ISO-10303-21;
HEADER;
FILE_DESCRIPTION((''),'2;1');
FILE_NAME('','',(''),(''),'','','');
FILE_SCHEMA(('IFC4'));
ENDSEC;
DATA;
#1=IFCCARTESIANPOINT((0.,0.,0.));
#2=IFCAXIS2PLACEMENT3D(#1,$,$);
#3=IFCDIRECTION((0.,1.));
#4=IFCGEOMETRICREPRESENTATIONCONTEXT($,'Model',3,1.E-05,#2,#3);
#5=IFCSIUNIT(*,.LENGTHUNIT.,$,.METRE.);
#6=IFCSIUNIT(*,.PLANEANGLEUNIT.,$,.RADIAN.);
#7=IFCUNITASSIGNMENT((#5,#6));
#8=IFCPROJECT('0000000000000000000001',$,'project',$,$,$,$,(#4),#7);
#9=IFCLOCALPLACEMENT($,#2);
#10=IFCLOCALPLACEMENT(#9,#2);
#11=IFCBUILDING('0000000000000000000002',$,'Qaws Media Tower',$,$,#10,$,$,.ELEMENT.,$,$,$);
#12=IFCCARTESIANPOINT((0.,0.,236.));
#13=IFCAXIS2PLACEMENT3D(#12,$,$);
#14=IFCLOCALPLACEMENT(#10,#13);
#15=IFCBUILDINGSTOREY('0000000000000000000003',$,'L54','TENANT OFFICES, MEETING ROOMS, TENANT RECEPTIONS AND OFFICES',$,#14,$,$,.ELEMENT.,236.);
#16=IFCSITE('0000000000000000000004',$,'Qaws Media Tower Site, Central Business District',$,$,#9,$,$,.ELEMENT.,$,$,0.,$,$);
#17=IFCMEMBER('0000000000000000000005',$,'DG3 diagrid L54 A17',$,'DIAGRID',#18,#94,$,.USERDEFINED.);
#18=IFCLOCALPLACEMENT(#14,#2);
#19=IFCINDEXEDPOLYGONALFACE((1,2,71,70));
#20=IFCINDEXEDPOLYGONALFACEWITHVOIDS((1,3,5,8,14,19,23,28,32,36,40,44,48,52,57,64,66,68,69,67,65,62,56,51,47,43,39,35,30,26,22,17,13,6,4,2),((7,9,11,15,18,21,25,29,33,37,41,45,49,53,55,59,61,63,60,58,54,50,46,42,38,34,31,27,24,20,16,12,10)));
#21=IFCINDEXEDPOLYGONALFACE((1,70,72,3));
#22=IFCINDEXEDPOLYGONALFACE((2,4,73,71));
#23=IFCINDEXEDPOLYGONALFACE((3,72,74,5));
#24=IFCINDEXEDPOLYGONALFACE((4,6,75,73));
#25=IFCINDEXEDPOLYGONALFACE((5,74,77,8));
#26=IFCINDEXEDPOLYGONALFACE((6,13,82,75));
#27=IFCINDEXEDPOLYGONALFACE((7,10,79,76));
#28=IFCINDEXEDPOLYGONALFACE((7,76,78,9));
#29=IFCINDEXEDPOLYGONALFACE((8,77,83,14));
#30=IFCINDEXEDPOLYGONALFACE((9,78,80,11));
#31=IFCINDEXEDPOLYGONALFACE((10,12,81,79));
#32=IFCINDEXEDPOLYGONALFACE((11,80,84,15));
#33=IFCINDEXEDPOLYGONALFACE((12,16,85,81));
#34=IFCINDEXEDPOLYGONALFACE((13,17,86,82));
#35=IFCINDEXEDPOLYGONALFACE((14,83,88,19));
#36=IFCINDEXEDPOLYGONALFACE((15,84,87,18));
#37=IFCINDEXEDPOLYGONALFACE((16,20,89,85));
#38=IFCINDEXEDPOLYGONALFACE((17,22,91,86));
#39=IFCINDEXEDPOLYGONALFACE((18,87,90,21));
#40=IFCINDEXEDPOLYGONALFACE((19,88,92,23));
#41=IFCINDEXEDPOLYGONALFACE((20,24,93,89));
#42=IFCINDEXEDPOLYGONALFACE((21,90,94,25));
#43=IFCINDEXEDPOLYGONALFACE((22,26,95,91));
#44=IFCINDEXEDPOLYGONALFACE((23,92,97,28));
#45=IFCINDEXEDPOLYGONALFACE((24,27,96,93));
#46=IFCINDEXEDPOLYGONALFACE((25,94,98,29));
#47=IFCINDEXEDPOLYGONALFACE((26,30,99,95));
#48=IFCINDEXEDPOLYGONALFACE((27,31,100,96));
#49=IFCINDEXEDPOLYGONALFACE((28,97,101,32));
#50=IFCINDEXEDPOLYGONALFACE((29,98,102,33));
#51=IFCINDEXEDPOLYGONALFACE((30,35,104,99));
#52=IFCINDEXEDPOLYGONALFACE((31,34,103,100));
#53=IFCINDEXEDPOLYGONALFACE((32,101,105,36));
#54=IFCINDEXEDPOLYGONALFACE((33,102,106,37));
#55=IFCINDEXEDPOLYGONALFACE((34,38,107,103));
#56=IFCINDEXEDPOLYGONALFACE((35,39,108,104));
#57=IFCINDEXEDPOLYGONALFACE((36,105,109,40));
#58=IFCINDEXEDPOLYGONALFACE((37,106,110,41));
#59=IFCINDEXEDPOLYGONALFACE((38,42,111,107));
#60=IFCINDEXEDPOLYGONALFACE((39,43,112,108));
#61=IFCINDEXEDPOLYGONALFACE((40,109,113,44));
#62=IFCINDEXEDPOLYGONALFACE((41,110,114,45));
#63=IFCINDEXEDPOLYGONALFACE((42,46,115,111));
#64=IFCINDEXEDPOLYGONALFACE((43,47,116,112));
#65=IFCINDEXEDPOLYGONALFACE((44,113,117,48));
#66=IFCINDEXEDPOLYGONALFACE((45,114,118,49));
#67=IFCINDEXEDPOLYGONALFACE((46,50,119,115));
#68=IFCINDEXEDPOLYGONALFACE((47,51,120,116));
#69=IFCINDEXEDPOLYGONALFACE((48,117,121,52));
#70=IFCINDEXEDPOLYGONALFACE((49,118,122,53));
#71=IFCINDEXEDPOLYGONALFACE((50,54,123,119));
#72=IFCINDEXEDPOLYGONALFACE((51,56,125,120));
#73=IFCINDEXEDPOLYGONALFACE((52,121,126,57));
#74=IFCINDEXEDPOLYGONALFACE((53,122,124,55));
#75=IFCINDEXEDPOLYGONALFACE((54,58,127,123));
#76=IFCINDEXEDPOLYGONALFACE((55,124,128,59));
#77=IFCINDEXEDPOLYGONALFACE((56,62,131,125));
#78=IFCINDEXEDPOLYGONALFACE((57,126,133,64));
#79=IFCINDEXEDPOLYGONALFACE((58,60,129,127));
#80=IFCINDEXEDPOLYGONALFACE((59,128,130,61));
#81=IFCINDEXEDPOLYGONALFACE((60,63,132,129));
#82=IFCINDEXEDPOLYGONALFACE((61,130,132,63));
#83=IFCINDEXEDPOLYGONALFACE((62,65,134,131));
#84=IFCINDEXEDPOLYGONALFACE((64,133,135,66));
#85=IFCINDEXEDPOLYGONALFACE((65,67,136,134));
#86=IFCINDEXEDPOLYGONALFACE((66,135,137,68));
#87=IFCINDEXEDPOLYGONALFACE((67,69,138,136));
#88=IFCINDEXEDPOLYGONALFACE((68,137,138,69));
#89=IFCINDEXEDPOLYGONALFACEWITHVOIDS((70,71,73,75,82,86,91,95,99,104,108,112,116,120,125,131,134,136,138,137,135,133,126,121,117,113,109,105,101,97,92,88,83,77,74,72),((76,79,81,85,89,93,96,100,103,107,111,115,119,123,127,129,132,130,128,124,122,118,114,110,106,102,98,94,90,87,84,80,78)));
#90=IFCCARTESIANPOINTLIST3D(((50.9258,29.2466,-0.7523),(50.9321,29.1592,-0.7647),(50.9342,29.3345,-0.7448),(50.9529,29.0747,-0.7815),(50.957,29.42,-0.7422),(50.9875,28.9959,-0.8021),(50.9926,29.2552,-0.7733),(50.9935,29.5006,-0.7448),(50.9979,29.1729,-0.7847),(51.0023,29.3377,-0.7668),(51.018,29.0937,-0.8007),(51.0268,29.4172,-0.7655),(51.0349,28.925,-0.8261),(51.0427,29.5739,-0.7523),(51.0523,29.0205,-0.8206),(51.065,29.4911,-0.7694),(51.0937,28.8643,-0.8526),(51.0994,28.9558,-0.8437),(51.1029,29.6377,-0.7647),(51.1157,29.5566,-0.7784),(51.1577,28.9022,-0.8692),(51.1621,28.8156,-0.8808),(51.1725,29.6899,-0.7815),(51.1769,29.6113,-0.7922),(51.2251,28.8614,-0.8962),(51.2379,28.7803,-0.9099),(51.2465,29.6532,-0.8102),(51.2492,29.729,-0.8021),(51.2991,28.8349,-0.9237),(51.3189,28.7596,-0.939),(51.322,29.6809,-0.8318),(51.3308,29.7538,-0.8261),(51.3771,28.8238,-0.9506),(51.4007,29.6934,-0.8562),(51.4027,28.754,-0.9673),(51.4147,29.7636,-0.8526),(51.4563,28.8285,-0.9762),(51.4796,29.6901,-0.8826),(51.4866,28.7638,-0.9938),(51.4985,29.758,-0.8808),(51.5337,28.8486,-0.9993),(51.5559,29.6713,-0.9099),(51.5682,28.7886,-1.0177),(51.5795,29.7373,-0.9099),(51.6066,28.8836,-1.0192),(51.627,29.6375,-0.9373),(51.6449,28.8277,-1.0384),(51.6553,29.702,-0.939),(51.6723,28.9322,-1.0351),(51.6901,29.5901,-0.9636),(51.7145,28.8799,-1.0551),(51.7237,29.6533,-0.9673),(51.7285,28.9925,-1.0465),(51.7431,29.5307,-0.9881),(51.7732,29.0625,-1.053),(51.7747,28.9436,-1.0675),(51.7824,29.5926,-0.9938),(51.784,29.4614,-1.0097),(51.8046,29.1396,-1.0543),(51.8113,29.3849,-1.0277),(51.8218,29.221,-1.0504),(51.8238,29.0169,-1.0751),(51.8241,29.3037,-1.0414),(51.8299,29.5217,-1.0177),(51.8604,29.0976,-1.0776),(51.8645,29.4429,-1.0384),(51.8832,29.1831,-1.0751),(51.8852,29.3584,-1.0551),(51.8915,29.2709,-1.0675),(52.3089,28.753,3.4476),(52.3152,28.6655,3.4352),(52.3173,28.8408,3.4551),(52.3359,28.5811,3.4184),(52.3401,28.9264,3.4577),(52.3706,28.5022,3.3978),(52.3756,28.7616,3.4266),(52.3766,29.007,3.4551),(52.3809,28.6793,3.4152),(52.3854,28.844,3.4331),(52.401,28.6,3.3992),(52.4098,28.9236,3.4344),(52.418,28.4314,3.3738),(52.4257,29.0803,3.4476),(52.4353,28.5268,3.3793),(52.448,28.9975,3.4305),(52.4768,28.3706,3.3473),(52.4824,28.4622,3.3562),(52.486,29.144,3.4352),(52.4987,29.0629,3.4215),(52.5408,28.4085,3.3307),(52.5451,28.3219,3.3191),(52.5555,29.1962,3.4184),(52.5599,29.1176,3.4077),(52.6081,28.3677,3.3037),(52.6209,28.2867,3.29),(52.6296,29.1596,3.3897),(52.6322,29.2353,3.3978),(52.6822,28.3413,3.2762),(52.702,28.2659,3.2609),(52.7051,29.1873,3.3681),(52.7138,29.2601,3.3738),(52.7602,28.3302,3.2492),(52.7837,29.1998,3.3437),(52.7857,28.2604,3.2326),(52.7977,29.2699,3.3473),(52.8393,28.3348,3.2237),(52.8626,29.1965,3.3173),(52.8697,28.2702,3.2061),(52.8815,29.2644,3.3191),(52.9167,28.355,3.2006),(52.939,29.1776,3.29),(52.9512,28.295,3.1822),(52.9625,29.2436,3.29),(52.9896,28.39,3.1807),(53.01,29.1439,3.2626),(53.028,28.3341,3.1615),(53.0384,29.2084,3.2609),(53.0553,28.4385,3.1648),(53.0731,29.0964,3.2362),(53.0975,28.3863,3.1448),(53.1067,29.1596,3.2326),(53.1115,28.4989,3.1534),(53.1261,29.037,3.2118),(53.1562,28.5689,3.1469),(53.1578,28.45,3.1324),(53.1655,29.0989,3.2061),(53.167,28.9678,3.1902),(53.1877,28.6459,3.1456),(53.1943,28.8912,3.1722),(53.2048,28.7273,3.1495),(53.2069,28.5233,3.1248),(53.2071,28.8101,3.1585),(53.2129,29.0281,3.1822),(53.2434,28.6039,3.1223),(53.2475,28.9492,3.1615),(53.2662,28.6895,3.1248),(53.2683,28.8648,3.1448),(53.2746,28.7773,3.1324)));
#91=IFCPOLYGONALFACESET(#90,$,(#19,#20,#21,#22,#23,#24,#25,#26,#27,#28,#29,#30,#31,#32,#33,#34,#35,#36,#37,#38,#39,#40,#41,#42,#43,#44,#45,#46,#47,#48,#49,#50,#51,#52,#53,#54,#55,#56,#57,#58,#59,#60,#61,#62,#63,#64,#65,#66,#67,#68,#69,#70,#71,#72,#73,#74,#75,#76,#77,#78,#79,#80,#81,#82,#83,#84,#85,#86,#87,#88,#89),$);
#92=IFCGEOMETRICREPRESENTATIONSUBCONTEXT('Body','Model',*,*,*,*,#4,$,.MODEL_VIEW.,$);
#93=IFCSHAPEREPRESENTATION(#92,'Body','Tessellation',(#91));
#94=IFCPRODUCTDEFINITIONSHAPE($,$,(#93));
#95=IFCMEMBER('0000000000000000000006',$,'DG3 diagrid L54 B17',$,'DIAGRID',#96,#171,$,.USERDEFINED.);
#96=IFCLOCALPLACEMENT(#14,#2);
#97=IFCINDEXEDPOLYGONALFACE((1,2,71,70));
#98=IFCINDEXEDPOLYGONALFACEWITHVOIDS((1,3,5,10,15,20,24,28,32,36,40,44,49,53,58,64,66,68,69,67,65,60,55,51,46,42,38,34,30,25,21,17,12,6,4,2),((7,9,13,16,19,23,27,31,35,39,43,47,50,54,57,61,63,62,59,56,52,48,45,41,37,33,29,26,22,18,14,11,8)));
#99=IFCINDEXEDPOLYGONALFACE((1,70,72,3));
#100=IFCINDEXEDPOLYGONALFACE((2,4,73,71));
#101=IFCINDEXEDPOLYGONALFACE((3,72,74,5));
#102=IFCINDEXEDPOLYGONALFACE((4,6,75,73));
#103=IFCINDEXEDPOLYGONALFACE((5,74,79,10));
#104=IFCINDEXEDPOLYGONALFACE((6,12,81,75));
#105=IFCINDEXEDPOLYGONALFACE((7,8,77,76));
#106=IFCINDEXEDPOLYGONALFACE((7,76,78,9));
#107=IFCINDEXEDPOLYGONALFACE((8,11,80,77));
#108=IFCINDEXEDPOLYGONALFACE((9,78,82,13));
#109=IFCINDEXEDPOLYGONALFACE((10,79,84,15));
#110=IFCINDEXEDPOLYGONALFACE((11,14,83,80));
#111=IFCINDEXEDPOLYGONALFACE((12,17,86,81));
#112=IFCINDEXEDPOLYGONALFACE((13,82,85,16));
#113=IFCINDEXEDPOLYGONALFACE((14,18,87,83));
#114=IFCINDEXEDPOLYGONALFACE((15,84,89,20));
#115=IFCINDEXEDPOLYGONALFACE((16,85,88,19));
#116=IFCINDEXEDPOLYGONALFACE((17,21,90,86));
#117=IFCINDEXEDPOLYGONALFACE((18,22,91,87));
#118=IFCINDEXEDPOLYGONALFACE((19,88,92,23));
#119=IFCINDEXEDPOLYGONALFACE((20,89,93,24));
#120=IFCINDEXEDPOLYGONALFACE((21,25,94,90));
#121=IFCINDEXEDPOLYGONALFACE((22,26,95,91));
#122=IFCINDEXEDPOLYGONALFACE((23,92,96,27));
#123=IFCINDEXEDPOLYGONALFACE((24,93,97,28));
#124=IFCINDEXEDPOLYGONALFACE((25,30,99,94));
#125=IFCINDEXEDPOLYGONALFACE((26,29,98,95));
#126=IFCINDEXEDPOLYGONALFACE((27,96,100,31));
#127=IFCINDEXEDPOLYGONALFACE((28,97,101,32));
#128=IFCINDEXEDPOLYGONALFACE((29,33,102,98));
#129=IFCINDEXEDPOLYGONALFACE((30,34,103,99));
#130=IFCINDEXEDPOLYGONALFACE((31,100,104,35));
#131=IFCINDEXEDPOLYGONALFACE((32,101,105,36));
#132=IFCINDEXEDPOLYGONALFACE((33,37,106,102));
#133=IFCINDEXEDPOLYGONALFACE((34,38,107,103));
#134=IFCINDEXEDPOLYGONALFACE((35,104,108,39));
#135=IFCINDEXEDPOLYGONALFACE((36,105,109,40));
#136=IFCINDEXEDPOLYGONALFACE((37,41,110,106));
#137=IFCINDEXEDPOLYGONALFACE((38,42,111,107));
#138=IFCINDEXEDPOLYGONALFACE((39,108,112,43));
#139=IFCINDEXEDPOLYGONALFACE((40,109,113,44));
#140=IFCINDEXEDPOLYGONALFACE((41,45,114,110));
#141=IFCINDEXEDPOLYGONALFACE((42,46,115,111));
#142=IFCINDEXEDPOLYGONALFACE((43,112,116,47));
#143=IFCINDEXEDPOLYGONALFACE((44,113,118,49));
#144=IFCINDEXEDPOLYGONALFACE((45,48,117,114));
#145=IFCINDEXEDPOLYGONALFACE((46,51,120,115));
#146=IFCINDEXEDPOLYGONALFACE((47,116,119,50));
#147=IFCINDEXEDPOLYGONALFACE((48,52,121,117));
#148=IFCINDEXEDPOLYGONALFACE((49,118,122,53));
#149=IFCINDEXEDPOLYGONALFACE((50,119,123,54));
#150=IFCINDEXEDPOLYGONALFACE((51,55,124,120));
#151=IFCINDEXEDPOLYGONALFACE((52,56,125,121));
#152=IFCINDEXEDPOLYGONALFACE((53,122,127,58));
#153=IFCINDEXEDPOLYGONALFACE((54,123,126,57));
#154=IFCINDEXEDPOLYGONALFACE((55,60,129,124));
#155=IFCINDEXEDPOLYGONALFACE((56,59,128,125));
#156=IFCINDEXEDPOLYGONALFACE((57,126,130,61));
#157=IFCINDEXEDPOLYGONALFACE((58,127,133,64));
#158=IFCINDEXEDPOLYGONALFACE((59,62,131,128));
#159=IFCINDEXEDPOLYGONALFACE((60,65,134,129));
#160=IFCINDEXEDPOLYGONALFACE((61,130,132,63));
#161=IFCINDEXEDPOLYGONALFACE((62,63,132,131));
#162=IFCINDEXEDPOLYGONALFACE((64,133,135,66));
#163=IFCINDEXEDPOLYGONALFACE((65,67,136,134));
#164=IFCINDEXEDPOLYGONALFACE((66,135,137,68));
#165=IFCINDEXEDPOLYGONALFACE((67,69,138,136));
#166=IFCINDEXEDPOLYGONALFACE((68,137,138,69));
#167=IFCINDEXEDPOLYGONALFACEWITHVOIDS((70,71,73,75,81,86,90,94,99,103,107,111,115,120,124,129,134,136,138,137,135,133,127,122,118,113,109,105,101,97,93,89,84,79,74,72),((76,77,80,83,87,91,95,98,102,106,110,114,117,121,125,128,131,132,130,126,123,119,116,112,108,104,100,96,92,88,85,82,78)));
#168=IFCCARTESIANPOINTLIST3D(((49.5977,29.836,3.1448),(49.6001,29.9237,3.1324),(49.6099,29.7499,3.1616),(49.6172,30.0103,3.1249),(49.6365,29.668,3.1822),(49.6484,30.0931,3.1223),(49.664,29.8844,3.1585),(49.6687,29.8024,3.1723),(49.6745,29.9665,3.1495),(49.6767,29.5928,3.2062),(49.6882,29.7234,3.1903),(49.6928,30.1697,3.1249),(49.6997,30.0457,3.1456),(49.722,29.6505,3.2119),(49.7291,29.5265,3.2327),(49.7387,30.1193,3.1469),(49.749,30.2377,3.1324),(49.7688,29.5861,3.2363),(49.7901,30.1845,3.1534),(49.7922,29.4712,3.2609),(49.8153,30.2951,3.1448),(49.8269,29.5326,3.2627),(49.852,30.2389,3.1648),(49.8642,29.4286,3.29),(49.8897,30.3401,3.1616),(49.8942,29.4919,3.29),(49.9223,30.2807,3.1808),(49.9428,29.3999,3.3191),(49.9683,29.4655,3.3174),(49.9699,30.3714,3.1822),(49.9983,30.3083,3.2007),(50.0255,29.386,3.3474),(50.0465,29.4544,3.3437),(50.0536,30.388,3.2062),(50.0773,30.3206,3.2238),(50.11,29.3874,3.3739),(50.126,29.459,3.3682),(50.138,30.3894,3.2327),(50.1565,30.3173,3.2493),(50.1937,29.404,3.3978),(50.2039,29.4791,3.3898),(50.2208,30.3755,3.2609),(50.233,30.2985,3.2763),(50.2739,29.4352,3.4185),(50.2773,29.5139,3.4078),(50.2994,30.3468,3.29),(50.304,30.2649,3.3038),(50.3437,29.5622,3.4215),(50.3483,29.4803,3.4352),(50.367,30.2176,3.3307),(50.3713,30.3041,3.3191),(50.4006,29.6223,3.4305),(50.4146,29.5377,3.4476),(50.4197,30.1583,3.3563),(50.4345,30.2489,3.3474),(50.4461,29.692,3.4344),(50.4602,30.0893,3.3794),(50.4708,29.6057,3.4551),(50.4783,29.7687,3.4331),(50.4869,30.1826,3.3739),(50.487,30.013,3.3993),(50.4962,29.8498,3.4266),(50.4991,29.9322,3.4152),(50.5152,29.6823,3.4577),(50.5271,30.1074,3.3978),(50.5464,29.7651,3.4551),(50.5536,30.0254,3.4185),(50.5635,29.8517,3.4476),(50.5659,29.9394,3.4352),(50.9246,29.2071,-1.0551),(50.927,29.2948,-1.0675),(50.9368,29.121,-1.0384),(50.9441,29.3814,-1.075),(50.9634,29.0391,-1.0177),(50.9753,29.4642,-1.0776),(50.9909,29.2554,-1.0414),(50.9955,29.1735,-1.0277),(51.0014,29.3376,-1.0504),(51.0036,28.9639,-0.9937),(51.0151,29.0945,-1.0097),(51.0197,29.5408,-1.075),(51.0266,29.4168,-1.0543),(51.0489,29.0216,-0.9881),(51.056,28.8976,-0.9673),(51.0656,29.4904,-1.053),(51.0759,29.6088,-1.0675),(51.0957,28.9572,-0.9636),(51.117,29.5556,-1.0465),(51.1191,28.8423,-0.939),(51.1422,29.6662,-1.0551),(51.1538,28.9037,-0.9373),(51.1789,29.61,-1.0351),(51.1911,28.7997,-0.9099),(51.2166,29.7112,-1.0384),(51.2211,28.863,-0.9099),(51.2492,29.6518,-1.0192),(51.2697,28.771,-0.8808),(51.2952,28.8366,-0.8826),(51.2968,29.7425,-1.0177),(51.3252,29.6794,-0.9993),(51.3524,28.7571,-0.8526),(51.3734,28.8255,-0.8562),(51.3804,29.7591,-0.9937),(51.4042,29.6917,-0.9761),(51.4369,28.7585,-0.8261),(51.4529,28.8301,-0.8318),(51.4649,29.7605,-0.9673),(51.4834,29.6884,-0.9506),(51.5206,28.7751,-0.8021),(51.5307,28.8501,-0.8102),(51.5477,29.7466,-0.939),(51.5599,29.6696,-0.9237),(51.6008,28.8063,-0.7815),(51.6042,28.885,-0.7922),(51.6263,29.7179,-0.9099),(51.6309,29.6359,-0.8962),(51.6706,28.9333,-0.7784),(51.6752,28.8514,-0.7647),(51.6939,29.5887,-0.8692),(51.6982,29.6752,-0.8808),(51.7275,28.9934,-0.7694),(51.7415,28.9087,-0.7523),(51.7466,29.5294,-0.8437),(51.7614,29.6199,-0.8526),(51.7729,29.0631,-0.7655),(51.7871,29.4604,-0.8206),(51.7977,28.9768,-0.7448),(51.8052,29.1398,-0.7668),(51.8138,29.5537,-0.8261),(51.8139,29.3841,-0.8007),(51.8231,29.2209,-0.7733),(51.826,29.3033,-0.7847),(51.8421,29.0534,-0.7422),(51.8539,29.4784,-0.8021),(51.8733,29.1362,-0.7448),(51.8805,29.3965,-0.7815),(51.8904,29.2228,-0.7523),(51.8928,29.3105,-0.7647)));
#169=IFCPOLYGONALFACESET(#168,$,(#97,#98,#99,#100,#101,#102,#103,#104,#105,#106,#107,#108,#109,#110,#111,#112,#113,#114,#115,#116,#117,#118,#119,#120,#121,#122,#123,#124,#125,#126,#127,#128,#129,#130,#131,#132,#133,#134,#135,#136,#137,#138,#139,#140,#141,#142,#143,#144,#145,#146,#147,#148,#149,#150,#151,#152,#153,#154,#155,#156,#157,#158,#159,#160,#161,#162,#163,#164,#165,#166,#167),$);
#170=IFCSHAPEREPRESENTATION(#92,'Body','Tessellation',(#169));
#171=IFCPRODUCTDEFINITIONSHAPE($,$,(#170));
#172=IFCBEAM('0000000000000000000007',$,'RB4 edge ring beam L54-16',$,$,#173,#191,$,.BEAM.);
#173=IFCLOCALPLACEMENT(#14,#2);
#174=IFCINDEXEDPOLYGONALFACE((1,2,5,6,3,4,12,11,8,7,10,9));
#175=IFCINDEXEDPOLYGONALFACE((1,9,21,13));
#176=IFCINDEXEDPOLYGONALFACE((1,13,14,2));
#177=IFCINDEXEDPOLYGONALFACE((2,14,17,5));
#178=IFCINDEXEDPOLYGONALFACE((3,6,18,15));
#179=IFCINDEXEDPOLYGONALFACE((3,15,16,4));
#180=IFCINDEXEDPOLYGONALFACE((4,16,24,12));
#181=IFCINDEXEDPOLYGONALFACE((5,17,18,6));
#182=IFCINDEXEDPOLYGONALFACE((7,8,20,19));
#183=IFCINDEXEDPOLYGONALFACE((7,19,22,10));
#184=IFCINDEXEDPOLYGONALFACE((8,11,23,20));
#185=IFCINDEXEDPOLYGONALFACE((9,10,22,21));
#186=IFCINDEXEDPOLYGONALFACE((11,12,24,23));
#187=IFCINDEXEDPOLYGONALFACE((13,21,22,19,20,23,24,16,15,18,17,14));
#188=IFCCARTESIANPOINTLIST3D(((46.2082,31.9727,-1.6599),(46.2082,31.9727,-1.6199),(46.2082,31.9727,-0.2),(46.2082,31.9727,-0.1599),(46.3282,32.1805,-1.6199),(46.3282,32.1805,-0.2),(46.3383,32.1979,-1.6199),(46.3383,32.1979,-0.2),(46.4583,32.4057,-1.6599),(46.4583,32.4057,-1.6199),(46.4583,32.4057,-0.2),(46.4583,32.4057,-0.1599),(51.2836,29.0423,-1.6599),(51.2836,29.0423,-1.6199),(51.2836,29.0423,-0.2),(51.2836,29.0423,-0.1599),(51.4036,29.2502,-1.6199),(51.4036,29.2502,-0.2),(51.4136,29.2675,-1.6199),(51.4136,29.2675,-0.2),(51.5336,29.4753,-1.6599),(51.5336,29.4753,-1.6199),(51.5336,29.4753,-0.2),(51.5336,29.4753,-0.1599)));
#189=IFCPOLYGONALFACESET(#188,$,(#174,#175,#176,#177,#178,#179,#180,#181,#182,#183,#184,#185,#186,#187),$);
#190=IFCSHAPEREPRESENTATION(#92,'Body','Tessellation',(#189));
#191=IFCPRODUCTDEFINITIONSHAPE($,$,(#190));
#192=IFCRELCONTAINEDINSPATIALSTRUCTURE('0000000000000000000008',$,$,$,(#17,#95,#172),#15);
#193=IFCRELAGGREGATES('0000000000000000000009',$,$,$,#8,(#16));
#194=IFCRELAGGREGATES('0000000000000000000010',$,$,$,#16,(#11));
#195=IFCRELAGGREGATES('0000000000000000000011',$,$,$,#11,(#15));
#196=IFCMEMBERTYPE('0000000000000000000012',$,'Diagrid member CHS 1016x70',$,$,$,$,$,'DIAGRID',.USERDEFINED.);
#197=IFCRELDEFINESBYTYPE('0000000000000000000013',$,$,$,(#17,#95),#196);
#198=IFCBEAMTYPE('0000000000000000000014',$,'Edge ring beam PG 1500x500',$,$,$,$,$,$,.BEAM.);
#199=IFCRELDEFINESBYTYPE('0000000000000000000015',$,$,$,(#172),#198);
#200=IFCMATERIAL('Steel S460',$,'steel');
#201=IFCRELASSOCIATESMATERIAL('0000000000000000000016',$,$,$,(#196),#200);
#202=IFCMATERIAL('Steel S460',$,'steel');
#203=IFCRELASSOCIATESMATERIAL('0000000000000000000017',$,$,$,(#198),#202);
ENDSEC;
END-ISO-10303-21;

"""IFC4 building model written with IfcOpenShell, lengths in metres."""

from ifc_helpers import new_model, si_unit, direction, frame, origin, origin_2d, place, context, subcontext, project, spatial, hollow_circle, i_section, extrude, material, material_profile, profile_set, type_object, element, save


model = new_model("IFC4")

# Units and contexts
model_context = context("Model", 3, precision=1e-05, world=origin(), true_north=direction((0.0, 1.0)))
body_context = subcontext(model_context, "Body", "Model", "MODEL_VIEW")
ifc_project = project(units=[si_unit("LENGTHUNIT", "METRE"), si_unit("PLANEANGLEUNIT", "RADIAN")], contexts=[model_context])

# Site, building, storey
site_placement = place(None, origin())
site = spatial("IfcSite", under=ifc_project, at=site_placement, Name="Qaws Media Tower Site, Central Business District", CompositionType="ELEMENT", RefElevation=0.0)
building_placement = place(site_placement, origin())
building = spatial("IfcBuilding", under=site, at=building_placement, Name="Qaws Media Tower", CompositionType="ELEMENT")
storey_placement = place(building_placement, frame((0.0, 0.0, 236.0)))
storey = spatial("IfcBuildingStorey", under=building, at=storey_placement, Name="L54", Description="TENANT OFFICES, MEETING ROOMS, TENANT RECEPTIONS AND OFFICES", CompositionType="ELEMENT", Elevation=236.0)

# Members
ifc_material_1 = material(Name="Steel S460", Category="steel")
ifc_material_profile_1 = material_profile(ifc_material_1, hollow_circle(Radius=0.5081, WallThickness=0.0701, at=origin_2d()), Name="CHS 1016x70")
ifc_profile_set_1 = profile_set([ifc_material_profile_1], Name="Steel S460")
member_type_1 = type_object("IfcMemberType", Name="Diagrid member CHS 1016x70", ElementType="DIAGRID", PredefinedType="USERDEFINED", material=ifc_profile_set_1)
for number, where, z_axis, x_axis, name in (
    (1, (51.4087, 29.2588, -0.9099), (0.310849, -0.110951, 0.943961), (0.336157, 0.941806, 0.0), "DG3 diagrid L54 A17"),
    (2, (51.4087, 29.2588, -0.9099), (-0.298231, 0.141351, 0.943969), (-0.428294, -0.90364, 0.0), "DG3 diagrid L54 B17"),
):
    element("IfcMember", number, at=place(storey_placement, frame(where, z_axis=z_axis, x_axis=x_axis)), inside=storey, type_object=member_type_1, Name=name, ObjectType="DIAGRID", PredefinedType="USERDEFINED", context=body_context, shape_type="SweptSolid", body=[
        extrude(hollow_circle(Radius=0.5081, WallThickness=0.0701, at=origin_2d()), origin(), (0.0, 0.0, 1.0), 4.4492),
    ])

# Beam
ifc_material_2 = material(Name="Steel S460", Category="steel")
ifc_material_profile_2 = material_profile(ifc_material_2, i_section(OverallWidth=0.5, OverallDepth=1.5, WebThickness=0.02, FlangeThickness=0.04, at=origin_2d()), Name="PG 1500x500")
ifc_profile_set_2 = profile_set([ifc_material_profile_2], Name="Steel S460")
beam_type = type_object("IfcBeamType", Name="Edge ring beam PG 1500x500", PredefinedType="BEAM", material=ifc_profile_set_2)
for number, where, z_axis, x_axis, name in (
    (3, (46.3333, 32.1892, -0.9099), (0.866017, -0.500015, 0.0), (0.500015, 0.866017, 0.0), "RB4 edge ring beam L54-16"),
):
    element("IfcBeam", number, at=place(storey_placement, frame(where, z_axis=z_axis, x_axis=x_axis)), inside=storey, type_object=beam_type, Name=name, PredefinedType="BEAM", context=body_context, shape_type="SweptSolid", body=[
        extrude(i_section(OverallWidth=0.5, OverallDepth=1.5, WebThickness=0.02, FlangeThickness=0.04, at=origin_2d()), origin(), (0.0, 0.0, 1.0), 5.8606),
    ])

save(model, "model.ifc")
